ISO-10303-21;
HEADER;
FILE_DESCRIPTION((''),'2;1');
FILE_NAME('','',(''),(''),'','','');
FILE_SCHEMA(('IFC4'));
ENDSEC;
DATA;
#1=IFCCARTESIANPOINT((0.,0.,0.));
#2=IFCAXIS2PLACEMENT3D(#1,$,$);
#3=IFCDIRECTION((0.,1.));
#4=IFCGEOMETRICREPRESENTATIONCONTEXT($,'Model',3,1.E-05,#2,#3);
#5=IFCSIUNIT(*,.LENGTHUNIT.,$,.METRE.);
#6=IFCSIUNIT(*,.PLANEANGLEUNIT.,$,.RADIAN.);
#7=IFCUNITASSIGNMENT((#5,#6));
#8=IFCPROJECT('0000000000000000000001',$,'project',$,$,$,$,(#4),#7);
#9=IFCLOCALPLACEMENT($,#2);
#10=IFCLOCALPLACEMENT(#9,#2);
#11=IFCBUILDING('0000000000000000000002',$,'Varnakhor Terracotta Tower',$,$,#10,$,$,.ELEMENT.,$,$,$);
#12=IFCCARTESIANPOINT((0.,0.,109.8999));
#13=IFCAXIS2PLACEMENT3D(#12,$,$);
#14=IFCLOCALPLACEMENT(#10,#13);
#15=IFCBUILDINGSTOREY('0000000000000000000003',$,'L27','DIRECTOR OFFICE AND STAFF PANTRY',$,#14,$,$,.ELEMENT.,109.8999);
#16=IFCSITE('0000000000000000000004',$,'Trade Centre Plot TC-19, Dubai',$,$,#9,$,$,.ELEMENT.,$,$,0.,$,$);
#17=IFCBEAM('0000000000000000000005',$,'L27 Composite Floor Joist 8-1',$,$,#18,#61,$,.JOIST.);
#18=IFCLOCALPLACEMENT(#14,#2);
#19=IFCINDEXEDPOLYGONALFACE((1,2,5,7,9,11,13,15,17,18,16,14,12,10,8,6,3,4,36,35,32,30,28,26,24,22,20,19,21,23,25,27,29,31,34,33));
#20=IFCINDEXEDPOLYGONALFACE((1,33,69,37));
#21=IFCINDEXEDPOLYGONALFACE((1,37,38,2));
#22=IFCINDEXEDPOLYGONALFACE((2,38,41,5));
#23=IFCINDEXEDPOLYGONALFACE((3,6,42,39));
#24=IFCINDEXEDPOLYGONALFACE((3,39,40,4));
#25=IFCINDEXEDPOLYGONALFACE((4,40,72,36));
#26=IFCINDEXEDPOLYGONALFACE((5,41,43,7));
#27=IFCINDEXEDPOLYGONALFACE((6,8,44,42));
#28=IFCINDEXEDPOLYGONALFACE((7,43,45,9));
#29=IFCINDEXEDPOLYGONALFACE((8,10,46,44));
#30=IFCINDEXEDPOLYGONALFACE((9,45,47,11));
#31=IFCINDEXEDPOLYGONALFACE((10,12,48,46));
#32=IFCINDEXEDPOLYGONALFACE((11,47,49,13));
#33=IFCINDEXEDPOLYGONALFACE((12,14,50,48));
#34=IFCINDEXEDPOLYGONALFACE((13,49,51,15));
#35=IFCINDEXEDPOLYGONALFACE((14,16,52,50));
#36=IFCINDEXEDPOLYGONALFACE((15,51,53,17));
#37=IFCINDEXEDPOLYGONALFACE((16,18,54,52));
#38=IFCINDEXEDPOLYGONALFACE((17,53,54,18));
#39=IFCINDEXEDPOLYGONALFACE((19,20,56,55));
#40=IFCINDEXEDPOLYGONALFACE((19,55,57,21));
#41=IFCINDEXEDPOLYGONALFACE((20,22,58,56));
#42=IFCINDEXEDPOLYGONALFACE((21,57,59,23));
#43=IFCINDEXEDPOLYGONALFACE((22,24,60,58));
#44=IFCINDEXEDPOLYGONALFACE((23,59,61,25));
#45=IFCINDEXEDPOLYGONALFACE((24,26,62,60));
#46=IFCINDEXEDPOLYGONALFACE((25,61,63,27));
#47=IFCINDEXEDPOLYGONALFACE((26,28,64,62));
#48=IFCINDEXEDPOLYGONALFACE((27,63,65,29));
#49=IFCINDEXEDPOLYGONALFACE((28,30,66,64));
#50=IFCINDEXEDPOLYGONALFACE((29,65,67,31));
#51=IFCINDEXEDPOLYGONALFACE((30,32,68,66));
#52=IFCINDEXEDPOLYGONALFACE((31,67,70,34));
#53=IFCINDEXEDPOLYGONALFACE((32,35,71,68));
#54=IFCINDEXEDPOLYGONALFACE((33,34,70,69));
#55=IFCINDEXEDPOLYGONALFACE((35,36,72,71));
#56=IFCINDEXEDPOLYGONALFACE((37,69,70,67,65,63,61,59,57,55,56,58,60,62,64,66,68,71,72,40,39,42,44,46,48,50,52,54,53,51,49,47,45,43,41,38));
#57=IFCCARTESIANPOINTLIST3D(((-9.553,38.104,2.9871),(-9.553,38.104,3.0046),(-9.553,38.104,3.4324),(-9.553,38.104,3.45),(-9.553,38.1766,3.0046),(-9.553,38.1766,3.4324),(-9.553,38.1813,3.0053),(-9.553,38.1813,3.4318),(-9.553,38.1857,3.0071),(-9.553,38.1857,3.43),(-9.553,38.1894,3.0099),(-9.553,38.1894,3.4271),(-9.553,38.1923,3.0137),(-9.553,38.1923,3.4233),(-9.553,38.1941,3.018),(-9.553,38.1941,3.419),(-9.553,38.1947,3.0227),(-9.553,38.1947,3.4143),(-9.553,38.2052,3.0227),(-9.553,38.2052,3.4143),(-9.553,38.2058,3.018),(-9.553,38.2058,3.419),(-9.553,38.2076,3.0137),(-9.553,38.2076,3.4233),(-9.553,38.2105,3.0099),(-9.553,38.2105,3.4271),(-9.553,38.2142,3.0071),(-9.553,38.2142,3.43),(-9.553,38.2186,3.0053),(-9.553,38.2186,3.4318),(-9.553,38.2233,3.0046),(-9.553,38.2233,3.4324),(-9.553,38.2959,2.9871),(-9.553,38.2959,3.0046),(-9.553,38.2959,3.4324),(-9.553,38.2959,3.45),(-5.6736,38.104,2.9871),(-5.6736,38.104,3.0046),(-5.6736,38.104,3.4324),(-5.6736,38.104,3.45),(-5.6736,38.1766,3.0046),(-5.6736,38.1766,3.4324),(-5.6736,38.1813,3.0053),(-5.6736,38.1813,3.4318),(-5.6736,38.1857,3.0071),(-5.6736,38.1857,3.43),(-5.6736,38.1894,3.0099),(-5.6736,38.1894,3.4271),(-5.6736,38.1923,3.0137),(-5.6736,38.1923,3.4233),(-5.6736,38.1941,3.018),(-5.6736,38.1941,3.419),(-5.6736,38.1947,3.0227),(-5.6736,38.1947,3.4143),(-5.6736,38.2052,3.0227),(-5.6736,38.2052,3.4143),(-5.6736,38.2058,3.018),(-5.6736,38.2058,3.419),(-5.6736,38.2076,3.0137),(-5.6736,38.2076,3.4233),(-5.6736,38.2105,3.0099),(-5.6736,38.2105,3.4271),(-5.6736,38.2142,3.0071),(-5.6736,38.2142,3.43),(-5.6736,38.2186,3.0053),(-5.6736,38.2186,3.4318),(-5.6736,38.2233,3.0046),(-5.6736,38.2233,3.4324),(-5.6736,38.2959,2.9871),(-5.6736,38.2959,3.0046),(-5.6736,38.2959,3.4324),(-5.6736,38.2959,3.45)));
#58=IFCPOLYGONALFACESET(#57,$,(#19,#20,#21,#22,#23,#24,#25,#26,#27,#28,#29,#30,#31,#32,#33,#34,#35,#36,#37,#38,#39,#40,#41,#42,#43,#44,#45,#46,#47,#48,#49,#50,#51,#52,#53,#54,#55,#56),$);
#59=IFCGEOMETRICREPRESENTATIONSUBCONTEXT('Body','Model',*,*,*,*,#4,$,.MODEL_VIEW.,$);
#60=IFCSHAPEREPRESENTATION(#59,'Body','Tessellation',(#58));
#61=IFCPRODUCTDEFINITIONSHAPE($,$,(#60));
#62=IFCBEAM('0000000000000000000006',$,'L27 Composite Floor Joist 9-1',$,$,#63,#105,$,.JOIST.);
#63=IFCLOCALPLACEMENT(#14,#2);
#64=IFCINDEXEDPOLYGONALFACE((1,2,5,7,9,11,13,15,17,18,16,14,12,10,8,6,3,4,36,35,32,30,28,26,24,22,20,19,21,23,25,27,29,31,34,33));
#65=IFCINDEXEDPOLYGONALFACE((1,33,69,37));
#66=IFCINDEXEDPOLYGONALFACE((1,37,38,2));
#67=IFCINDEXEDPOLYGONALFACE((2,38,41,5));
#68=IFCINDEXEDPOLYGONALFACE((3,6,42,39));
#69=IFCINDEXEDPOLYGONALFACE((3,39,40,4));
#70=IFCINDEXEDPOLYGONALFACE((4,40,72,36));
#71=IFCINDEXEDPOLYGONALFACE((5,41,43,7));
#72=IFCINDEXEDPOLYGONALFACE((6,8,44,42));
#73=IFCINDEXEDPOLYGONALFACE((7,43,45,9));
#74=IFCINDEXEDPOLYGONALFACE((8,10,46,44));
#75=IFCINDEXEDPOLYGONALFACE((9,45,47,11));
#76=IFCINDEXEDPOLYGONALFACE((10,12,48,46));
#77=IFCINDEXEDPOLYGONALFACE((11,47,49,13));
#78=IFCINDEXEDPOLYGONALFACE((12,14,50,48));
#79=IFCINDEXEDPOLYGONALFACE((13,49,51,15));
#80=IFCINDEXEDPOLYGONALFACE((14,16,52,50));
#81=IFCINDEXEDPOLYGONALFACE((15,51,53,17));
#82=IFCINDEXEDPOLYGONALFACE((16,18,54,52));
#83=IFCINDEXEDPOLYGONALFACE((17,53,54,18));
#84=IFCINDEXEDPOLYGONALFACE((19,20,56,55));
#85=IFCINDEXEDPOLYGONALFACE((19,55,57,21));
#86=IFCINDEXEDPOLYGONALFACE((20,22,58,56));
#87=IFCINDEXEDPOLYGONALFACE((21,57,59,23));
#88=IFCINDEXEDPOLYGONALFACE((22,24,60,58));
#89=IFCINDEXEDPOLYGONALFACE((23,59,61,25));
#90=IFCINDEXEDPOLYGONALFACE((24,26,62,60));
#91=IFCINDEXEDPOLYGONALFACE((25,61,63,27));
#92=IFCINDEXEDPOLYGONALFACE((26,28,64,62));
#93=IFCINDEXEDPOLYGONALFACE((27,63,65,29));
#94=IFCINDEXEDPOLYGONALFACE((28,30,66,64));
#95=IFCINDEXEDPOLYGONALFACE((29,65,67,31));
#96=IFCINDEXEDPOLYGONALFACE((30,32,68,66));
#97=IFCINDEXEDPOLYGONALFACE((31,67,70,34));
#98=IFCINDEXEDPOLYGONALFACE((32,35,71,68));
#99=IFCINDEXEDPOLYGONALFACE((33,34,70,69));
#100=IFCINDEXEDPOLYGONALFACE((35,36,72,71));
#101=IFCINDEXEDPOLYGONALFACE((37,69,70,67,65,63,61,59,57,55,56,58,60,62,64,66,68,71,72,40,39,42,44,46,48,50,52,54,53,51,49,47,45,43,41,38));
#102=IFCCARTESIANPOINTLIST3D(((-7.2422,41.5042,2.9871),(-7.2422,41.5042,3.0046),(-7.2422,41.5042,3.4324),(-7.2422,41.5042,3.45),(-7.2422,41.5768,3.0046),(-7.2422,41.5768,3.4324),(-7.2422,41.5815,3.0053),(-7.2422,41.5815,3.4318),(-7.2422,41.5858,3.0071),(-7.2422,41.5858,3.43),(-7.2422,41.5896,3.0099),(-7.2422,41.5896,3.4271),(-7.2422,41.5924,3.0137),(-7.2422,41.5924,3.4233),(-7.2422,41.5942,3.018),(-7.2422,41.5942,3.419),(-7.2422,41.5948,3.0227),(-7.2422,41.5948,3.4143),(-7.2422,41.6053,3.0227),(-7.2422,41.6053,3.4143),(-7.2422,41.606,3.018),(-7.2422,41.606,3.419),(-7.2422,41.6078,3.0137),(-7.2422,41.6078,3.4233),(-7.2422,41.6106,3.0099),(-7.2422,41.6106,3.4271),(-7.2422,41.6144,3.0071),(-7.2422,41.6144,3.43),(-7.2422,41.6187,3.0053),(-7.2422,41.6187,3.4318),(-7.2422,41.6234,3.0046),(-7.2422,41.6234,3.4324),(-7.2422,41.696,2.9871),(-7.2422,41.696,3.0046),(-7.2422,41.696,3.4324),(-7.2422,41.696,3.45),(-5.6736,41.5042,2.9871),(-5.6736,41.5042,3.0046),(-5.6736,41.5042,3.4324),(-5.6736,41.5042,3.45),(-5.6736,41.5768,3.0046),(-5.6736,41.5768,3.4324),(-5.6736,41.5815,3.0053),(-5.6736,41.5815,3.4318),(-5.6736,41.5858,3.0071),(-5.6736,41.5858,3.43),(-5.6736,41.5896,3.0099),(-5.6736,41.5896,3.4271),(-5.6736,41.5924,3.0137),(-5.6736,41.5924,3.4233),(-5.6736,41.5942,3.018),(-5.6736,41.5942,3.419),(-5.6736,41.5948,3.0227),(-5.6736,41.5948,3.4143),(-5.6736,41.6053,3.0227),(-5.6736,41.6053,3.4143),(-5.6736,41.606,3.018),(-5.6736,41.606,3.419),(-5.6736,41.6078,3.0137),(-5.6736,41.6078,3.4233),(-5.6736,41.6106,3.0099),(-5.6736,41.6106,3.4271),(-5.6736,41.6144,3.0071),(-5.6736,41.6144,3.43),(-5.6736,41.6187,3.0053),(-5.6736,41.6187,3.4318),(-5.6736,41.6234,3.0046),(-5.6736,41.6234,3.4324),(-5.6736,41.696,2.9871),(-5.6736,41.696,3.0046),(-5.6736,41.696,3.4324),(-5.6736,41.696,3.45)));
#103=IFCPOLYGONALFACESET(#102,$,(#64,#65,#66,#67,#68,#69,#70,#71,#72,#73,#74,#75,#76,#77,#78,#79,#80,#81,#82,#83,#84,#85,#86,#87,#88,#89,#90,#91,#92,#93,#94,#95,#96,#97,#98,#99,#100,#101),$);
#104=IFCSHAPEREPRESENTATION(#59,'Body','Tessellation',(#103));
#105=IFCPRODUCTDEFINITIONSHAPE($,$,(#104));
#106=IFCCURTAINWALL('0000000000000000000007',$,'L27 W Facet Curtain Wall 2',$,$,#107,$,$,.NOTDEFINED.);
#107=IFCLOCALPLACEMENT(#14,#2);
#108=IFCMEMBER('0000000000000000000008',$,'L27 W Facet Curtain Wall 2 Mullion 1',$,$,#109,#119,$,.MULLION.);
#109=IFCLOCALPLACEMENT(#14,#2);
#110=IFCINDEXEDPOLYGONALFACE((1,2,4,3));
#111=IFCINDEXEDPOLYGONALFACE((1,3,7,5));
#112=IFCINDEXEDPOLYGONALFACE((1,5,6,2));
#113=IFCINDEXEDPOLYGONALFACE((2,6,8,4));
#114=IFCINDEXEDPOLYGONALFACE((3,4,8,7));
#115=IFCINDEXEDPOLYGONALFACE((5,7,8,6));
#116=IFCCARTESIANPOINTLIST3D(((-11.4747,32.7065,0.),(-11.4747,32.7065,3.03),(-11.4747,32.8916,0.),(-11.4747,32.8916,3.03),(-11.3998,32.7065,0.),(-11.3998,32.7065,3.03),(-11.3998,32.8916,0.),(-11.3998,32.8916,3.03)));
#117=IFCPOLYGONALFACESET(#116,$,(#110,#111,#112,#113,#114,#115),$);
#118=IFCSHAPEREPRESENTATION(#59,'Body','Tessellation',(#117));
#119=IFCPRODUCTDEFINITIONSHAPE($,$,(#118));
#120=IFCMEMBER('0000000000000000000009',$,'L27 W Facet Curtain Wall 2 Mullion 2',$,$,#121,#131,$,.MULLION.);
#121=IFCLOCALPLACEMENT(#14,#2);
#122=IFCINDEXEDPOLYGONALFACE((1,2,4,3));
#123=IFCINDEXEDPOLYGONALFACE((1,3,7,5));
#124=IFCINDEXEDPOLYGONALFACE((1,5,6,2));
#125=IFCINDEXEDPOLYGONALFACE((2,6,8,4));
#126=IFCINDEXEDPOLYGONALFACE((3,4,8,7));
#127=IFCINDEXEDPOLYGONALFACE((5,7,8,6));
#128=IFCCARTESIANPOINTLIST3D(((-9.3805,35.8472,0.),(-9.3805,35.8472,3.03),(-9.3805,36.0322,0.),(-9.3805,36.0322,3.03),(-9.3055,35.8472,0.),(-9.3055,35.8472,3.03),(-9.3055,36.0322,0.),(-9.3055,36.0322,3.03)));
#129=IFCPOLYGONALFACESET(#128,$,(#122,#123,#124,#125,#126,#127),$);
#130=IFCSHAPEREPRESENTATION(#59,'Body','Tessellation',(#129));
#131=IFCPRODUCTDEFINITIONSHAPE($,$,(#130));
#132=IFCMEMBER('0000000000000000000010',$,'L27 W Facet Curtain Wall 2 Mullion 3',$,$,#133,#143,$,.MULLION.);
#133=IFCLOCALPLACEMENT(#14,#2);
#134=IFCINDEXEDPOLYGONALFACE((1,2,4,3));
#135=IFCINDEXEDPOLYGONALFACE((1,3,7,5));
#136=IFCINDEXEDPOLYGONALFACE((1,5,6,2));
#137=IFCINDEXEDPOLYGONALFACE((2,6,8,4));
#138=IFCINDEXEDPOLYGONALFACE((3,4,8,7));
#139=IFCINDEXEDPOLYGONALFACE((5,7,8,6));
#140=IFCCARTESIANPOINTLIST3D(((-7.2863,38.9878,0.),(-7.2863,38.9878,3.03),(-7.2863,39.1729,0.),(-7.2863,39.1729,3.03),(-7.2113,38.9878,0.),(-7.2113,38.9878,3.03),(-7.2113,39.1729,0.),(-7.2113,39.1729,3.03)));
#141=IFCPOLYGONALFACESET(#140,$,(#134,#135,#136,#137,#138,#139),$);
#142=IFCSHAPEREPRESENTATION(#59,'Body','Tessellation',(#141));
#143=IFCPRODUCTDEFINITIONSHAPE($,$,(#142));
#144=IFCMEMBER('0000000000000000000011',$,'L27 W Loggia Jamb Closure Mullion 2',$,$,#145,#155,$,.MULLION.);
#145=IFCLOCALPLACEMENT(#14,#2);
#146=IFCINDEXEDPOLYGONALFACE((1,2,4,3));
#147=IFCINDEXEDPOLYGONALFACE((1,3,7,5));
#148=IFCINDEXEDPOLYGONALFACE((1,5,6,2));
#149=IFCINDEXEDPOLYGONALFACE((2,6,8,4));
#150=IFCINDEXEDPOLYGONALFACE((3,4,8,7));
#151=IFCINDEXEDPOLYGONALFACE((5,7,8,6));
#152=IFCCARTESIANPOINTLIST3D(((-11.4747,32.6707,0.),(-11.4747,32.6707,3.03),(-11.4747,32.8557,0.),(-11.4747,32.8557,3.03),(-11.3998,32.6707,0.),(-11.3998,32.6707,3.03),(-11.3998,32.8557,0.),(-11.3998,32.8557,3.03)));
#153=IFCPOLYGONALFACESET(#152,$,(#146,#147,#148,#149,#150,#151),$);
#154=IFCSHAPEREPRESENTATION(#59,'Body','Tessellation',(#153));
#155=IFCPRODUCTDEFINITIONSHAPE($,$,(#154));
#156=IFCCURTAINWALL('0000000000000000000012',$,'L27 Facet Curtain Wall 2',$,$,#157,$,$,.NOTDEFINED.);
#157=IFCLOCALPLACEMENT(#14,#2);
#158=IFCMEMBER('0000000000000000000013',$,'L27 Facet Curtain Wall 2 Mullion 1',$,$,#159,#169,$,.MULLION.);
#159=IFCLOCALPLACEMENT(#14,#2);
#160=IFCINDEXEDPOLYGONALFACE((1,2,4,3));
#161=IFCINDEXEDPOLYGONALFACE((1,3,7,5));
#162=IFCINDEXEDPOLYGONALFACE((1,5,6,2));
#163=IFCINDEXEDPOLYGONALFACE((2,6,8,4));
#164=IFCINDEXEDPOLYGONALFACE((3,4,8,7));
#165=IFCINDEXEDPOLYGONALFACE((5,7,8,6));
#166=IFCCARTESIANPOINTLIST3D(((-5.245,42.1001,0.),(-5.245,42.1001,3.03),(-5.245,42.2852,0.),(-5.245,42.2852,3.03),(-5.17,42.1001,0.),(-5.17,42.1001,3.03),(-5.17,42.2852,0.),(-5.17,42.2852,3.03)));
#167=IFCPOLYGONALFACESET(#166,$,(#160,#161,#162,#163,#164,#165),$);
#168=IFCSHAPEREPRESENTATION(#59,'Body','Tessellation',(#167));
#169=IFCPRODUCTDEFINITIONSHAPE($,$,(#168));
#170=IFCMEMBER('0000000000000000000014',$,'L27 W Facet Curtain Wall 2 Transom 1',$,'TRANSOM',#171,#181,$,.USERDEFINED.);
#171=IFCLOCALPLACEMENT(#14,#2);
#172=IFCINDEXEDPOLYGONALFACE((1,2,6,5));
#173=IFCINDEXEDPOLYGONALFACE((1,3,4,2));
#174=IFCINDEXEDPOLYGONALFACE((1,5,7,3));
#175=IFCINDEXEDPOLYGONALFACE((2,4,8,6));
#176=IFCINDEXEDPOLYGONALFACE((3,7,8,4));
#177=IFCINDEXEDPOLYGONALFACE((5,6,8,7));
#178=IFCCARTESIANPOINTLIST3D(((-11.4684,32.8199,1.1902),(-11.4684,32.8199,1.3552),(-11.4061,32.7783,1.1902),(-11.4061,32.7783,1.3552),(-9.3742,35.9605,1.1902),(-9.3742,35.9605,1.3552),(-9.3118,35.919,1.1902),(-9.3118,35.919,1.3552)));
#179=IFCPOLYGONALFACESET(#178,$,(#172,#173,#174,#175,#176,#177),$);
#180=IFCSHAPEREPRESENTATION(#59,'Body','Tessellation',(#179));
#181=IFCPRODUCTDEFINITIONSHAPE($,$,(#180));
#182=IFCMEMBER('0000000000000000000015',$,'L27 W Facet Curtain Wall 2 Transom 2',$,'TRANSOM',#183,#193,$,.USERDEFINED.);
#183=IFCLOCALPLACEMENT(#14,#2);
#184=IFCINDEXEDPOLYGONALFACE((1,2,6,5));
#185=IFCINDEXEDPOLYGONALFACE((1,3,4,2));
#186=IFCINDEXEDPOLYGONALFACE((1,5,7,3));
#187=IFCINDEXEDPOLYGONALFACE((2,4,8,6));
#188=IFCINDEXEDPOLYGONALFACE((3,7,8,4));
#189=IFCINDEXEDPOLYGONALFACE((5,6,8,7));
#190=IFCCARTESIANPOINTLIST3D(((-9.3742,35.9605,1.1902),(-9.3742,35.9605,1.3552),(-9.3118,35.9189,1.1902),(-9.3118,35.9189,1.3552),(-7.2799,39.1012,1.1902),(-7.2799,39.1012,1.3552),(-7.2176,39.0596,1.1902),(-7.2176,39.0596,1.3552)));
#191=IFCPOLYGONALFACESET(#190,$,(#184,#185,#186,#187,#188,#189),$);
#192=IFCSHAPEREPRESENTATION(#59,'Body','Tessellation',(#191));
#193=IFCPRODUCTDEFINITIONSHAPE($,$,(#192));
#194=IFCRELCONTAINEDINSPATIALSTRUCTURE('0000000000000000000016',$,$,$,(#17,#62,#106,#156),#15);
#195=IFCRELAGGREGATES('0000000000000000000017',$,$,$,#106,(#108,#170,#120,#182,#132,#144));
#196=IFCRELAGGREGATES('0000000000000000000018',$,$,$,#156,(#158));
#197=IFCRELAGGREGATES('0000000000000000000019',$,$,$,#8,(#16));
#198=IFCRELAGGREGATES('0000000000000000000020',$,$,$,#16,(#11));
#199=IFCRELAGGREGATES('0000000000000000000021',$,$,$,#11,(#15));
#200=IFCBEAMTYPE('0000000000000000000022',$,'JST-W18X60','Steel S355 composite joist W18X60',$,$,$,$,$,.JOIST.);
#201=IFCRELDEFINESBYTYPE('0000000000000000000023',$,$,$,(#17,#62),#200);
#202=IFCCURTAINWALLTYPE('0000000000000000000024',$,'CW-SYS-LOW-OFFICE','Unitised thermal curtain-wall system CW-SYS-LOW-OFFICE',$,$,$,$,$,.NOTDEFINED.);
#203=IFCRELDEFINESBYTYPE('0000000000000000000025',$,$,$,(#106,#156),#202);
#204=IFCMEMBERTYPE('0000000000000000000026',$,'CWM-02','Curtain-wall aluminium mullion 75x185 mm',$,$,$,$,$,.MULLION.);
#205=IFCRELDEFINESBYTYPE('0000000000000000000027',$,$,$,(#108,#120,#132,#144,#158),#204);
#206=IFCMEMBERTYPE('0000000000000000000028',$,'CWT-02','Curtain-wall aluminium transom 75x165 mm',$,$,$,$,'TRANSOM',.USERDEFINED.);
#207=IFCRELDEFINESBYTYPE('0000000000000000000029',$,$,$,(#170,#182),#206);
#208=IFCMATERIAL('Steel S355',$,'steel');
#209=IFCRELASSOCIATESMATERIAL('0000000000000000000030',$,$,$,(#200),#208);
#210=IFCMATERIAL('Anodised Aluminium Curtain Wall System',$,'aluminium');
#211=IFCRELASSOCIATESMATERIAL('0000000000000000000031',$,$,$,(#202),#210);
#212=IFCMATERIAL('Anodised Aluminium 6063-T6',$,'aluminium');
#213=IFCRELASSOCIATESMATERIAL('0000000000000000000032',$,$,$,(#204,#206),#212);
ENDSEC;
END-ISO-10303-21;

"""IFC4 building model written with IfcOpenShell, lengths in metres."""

from ifc_helpers import new_model, si_unit, direction, frame, origin, origin_2d, place, context, subcontext, project, spatial, rectangle, i_section, extrude, source, transform, mapped, material, material_profile, profile_set, type_object, type_shapes, element, aggregate, save


model = new_model("IFC4")

# Units and contexts
model_context = context("Model", 3, precision=1e-05, world=origin(), true_north=direction((0.0, 1.0)))
body_context = subcontext(model_context, "Body", "Model", "MODEL_VIEW")
ifc_project = project(units=[si_unit("LENGTHUNIT", "METRE"), si_unit("PLANEANGLEUNIT", "RADIAN")], contexts=[model_context])

# Site, building, storey
site_placement = place(None, origin())
site = spatial("IfcSite", under=ifc_project, at=site_placement, Name="Trade Centre Plot TC-19, Dubai", CompositionType="ELEMENT", RefElevation=0.0)
building_placement = place(site_placement, origin())
building = spatial("IfcBuilding", under=site, at=building_placement, Name="Varnakhor Terracotta Tower", CompositionType="ELEMENT")
storey_placement = place(building_placement, frame((0.0, 0.0, 109.8999)))
storey = spatial("IfcBuildingStorey", under=building, at=storey_placement, Name="L27", Description="DIRECTOR OFFICE AND STAFF PANTRY", CompositionType="ELEMENT", Elevation=109.8999)

# Beams
ifc_material_1 = material(Name="Steel S355", Category="steel")
ifc_material_profile_1 = material_profile(ifc_material_1, i_section(OverallWidth=0.1919, OverallDepth=0.4629, WebThickness=0.0105, FlangeThickness=0.0176, FilletRadius=0.0181, at=origin_2d()), Name="W18X60")
ifc_profile_set_1 = profile_set([ifc_material_profile_1], Name="Steel S355")
beam_type_1 = type_object("IfcBeamType", Name="JST-W18X60", Description="Steel S355 composite joist W18X60", PredefinedType="JOIST", material=ifc_profile_set_1)
shared_shape_1 = source(origin(), body_context, "Body", "SweptSolid", [
    extrude(i_section(OverallWidth=0.1919, OverallDepth=0.4629, WebThickness=0.0105, FlangeThickness=0.0176, FilletRadius=0.0181, at=origin_2d()), origin(), (0.0, 0.0, 1.0), 3.8794),
])
beam_1_placement = place(storey_placement, frame((-9.553, 38.2, 3.2185), z_axis=(1.0, 0.0, 0.0), x_axis=(0.0, 1.0, 0.0)))
element("IfcBeam", 1, at=beam_1_placement, inside=storey, type_object=beam_type_1, Name="L27 Composite Floor Joist 8-1", PredefinedType="JOIST", context=body_context, shape_type="MappedRepresentation", body=[
    mapped(shared_shape_1, transform((0.0, 0.0, 0.0), scale=1.0)),
])
shared_shape_2 = source(origin(), body_context, "Body", "SweptSolid", [
    extrude(i_section(OverallWidth=0.1919, OverallDepth=0.4629, WebThickness=0.0105, FlangeThickness=0.0176, FilletRadius=0.0181, at=origin_2d()), origin(), (0.0, 0.0, 1.0), 1.5686),
])
beam_2_placement = place(storey_placement, frame((-7.2422, 41.6001, 3.2185), z_axis=(1.0, 0.0, 0.0), x_axis=(0.0, 1.0, 0.0)))
element("IfcBeam", 2, at=beam_2_placement, inside=storey, type_object=beam_type_1, Name="L27 Composite Floor Joist 9-1", PredefinedType="JOIST", context=body_context, shape_type="MappedRepresentation", body=[
    mapped(shared_shape_2, transform((0.0, 0.0, 0.0), scale=1.0)),
])

# Curtain wall, members
ifc_material_2 = material(Name="Anodised Aluminium Curtain Wall System", Category="aluminium")
curtain_wall_type = type_object("IfcCurtainWallType", Name="CW-SYS-LOW-OFFICE", Description="Unitised thermal curtain-wall system CW-SYS-LOW-OFFICE", PredefinedType="NOTDEFINED", material=ifc_material_2)
curtain_wall_1_placement = place(storey_placement, origin())
curtain_wall_1 = element("IfcCurtainWall", 3, at=curtain_wall_1_placement, inside=storey, type_object=curtain_wall_type, Name="L27 W Facet Curtain Wall 2", PredefinedType="NOTDEFINED")
ifc_material_3 = material(Name="Anodised Aluminium 6063-T6", Category="aluminium")
ifc_material_profile_2 = material_profile(ifc_material_3, rectangle(XDim=0.075, YDim=0.1851, at=origin_2d()), Name="ALU MULLION 75x185")
ifc_profile_set_2 = profile_set([ifc_material_profile_2], Name="Anodised Aluminium 6063-T6")
member_type_1 = type_object("IfcMemberType", Name="CWM-02", Description="Curtain-wall aluminium mullion 75x185 mm", PredefinedType="MULLION", material=ifc_profile_set_2)
shared_shape_3 = source(origin(), body_context, "Body", "SweptSolid", [
    extrude(rectangle(XDim=0.075, YDim=0.1851, at=origin_2d()), origin(), (0.0, 0.0, 1.0), 3.03),
])
type_shapes(member_type_1, [shared_shape_3])
member_1_placement = place(storey_placement, frame((-11.4373, 32.7991, 0.0), z_axis=(0.0, 0.0, 1.0), x_axis=(1.0, 0.0, 0.0)))
member_1 = element("IfcMember", 4, at=member_1_placement, type_object=member_type_1, Name="L27 W Facet Curtain Wall 2 Mullion 1", PredefinedType="MULLION", context=body_context, shape_type="MappedRepresentation", body=[
    mapped(shared_shape_3, transform((0.0, 0.0, 0.0), scale=1.0)),
])
member_2_placement = place(storey_placement, frame((-9.343, 35.9397, 0.0), z_axis=(0.0, 0.0, 1.0), x_axis=(1.0, 0.0, 0.0)))
member_2 = element("IfcMember", 5, at=member_2_placement, type_object=member_type_1, Name="L27 W Facet Curtain Wall 2 Mullion 2", PredefinedType="MULLION", context=body_context, shape_type="MappedRepresentation", body=[
    mapped(shared_shape_3, transform((0.0, 0.0, 0.0), scale=1.0)),
])
member_3_placement = place(storey_placement, frame((-7.2488, 39.0803, 0.0), z_axis=(0.0, 0.0, 1.0), x_axis=(1.0, 0.0, 0.0)))
member_3 = element("IfcMember", 6, at=member_3_placement, type_object=member_type_1, Name="L27 W Facet Curtain Wall 2 Mullion 3", PredefinedType="MULLION", context=body_context, shape_type="MappedRepresentation", body=[
    mapped(shared_shape_3, transform((0.0, 0.0, 0.0), scale=1.0)),
])
member_4_placement = place(storey_placement, frame((-11.4373, 32.7632, 0.0), z_axis=(0.0, 0.0, 1.0), x_axis=(1.0, 0.0, 0.0)))
member_4 = element("IfcMember", 7, at=member_4_placement, type_object=member_type_1, Name="L27 W Loggia Jamb Closure Mullion 2", PredefinedType="MULLION", context=body_context, shape_type="MappedRepresentation", body=[
    mapped(shared_shape_3, transform((0.0, 0.0, 0.0), scale=1.0)),
])

# Curtain wall, member
curtain_wall_2_placement = place(storey_placement, origin())
curtain_wall_2 = element("IfcCurtainWall", 8, at=curtain_wall_2_placement, inside=storey, type_object=curtain_wall_type, Name="L27 Facet Curtain Wall 2", PredefinedType="NOTDEFINED")
member_5_placement = place(storey_placement, frame((-5.2075, 42.1926, 0.0), z_axis=(0.0, 0.0, 1.0), x_axis=(1.0, 0.0, 0.0)))
member_5 = element("IfcMember", 9, at=member_5_placement, type_object=member_type_1, Name="L27 Facet Curtain Wall 2 Mullion 1", PredefinedType="MULLION", context=body_context, shape_type="MappedRepresentation", body=[
    mapped(shared_shape_3, transform((0.0, 0.0, 0.0), scale=1.0)),
])

# Members
ifc_material_profile_3 = material_profile(ifc_material_3, rectangle(XDim=0.075, YDim=0.165, at=origin_2d()), Name="ALU TRANSOM 75x165")
ifc_profile_set_3 = profile_set([ifc_material_profile_3], Name="Anodised Aluminium 6063-T6")
member_type_2 = type_object("IfcMemberType", Name="CWT-02", Description="Curtain-wall aluminium transom 75x165 mm", ElementType="TRANSOM", PredefinedType="USERDEFINED", material=ifc_profile_set_3)
shared_shape_4 = source(origin(), body_context, "Body", "SweptSolid", [
    extrude(rectangle(XDim=0.075, YDim=0.165, at=origin_2d()), origin(), (0.0, 0.0, 1.0), 3.7749),
])
member_6_placement = place(storey_placement, frame((-11.4373, 32.7991, 1.2727), z_axis=(0.55479, 0.831991, 0.0), x_axis=(-0.831991, 0.55479, 0.0)))
member_6 = element("IfcMember", 10, at=member_6_placement, type_object=member_type_2, Name="L27 W Facet Curtain Wall 2 Transom 1", ObjectType="TRANSOM", PredefinedType="USERDEFINED", context=body_context, shape_type="MappedRepresentation", body=[
    mapped(shared_shape_4, transform((0.0, 0.0, 0.0), scale=1.0)),
])
member_7_placement = place(storey_placement, frame((-9.343, 35.9397, 1.2727), z_axis=(0.55479, 0.831991, 0.0), x_axis=(-0.831991, 0.55479, 0.0)))
member_7 = element("IfcMember", 11, at=member_7_placement, type_object=member_type_2, Name="L27 W Facet Curtain Wall 2 Transom 2", ObjectType="TRANSOM", PredefinedType="USERDEFINED", context=body_context, shape_type="MappedRepresentation", body=[
    mapped(shared_shape_4, transform((0.0, 0.0, 0.0), scale=1.0)),
])

aggregate(curtain_wall_1, [member_1, member_6, member_2, member_7, member_3, member_4])
aggregate(curtain_wall_2, [member_5])

save(model, "model.ifc")
